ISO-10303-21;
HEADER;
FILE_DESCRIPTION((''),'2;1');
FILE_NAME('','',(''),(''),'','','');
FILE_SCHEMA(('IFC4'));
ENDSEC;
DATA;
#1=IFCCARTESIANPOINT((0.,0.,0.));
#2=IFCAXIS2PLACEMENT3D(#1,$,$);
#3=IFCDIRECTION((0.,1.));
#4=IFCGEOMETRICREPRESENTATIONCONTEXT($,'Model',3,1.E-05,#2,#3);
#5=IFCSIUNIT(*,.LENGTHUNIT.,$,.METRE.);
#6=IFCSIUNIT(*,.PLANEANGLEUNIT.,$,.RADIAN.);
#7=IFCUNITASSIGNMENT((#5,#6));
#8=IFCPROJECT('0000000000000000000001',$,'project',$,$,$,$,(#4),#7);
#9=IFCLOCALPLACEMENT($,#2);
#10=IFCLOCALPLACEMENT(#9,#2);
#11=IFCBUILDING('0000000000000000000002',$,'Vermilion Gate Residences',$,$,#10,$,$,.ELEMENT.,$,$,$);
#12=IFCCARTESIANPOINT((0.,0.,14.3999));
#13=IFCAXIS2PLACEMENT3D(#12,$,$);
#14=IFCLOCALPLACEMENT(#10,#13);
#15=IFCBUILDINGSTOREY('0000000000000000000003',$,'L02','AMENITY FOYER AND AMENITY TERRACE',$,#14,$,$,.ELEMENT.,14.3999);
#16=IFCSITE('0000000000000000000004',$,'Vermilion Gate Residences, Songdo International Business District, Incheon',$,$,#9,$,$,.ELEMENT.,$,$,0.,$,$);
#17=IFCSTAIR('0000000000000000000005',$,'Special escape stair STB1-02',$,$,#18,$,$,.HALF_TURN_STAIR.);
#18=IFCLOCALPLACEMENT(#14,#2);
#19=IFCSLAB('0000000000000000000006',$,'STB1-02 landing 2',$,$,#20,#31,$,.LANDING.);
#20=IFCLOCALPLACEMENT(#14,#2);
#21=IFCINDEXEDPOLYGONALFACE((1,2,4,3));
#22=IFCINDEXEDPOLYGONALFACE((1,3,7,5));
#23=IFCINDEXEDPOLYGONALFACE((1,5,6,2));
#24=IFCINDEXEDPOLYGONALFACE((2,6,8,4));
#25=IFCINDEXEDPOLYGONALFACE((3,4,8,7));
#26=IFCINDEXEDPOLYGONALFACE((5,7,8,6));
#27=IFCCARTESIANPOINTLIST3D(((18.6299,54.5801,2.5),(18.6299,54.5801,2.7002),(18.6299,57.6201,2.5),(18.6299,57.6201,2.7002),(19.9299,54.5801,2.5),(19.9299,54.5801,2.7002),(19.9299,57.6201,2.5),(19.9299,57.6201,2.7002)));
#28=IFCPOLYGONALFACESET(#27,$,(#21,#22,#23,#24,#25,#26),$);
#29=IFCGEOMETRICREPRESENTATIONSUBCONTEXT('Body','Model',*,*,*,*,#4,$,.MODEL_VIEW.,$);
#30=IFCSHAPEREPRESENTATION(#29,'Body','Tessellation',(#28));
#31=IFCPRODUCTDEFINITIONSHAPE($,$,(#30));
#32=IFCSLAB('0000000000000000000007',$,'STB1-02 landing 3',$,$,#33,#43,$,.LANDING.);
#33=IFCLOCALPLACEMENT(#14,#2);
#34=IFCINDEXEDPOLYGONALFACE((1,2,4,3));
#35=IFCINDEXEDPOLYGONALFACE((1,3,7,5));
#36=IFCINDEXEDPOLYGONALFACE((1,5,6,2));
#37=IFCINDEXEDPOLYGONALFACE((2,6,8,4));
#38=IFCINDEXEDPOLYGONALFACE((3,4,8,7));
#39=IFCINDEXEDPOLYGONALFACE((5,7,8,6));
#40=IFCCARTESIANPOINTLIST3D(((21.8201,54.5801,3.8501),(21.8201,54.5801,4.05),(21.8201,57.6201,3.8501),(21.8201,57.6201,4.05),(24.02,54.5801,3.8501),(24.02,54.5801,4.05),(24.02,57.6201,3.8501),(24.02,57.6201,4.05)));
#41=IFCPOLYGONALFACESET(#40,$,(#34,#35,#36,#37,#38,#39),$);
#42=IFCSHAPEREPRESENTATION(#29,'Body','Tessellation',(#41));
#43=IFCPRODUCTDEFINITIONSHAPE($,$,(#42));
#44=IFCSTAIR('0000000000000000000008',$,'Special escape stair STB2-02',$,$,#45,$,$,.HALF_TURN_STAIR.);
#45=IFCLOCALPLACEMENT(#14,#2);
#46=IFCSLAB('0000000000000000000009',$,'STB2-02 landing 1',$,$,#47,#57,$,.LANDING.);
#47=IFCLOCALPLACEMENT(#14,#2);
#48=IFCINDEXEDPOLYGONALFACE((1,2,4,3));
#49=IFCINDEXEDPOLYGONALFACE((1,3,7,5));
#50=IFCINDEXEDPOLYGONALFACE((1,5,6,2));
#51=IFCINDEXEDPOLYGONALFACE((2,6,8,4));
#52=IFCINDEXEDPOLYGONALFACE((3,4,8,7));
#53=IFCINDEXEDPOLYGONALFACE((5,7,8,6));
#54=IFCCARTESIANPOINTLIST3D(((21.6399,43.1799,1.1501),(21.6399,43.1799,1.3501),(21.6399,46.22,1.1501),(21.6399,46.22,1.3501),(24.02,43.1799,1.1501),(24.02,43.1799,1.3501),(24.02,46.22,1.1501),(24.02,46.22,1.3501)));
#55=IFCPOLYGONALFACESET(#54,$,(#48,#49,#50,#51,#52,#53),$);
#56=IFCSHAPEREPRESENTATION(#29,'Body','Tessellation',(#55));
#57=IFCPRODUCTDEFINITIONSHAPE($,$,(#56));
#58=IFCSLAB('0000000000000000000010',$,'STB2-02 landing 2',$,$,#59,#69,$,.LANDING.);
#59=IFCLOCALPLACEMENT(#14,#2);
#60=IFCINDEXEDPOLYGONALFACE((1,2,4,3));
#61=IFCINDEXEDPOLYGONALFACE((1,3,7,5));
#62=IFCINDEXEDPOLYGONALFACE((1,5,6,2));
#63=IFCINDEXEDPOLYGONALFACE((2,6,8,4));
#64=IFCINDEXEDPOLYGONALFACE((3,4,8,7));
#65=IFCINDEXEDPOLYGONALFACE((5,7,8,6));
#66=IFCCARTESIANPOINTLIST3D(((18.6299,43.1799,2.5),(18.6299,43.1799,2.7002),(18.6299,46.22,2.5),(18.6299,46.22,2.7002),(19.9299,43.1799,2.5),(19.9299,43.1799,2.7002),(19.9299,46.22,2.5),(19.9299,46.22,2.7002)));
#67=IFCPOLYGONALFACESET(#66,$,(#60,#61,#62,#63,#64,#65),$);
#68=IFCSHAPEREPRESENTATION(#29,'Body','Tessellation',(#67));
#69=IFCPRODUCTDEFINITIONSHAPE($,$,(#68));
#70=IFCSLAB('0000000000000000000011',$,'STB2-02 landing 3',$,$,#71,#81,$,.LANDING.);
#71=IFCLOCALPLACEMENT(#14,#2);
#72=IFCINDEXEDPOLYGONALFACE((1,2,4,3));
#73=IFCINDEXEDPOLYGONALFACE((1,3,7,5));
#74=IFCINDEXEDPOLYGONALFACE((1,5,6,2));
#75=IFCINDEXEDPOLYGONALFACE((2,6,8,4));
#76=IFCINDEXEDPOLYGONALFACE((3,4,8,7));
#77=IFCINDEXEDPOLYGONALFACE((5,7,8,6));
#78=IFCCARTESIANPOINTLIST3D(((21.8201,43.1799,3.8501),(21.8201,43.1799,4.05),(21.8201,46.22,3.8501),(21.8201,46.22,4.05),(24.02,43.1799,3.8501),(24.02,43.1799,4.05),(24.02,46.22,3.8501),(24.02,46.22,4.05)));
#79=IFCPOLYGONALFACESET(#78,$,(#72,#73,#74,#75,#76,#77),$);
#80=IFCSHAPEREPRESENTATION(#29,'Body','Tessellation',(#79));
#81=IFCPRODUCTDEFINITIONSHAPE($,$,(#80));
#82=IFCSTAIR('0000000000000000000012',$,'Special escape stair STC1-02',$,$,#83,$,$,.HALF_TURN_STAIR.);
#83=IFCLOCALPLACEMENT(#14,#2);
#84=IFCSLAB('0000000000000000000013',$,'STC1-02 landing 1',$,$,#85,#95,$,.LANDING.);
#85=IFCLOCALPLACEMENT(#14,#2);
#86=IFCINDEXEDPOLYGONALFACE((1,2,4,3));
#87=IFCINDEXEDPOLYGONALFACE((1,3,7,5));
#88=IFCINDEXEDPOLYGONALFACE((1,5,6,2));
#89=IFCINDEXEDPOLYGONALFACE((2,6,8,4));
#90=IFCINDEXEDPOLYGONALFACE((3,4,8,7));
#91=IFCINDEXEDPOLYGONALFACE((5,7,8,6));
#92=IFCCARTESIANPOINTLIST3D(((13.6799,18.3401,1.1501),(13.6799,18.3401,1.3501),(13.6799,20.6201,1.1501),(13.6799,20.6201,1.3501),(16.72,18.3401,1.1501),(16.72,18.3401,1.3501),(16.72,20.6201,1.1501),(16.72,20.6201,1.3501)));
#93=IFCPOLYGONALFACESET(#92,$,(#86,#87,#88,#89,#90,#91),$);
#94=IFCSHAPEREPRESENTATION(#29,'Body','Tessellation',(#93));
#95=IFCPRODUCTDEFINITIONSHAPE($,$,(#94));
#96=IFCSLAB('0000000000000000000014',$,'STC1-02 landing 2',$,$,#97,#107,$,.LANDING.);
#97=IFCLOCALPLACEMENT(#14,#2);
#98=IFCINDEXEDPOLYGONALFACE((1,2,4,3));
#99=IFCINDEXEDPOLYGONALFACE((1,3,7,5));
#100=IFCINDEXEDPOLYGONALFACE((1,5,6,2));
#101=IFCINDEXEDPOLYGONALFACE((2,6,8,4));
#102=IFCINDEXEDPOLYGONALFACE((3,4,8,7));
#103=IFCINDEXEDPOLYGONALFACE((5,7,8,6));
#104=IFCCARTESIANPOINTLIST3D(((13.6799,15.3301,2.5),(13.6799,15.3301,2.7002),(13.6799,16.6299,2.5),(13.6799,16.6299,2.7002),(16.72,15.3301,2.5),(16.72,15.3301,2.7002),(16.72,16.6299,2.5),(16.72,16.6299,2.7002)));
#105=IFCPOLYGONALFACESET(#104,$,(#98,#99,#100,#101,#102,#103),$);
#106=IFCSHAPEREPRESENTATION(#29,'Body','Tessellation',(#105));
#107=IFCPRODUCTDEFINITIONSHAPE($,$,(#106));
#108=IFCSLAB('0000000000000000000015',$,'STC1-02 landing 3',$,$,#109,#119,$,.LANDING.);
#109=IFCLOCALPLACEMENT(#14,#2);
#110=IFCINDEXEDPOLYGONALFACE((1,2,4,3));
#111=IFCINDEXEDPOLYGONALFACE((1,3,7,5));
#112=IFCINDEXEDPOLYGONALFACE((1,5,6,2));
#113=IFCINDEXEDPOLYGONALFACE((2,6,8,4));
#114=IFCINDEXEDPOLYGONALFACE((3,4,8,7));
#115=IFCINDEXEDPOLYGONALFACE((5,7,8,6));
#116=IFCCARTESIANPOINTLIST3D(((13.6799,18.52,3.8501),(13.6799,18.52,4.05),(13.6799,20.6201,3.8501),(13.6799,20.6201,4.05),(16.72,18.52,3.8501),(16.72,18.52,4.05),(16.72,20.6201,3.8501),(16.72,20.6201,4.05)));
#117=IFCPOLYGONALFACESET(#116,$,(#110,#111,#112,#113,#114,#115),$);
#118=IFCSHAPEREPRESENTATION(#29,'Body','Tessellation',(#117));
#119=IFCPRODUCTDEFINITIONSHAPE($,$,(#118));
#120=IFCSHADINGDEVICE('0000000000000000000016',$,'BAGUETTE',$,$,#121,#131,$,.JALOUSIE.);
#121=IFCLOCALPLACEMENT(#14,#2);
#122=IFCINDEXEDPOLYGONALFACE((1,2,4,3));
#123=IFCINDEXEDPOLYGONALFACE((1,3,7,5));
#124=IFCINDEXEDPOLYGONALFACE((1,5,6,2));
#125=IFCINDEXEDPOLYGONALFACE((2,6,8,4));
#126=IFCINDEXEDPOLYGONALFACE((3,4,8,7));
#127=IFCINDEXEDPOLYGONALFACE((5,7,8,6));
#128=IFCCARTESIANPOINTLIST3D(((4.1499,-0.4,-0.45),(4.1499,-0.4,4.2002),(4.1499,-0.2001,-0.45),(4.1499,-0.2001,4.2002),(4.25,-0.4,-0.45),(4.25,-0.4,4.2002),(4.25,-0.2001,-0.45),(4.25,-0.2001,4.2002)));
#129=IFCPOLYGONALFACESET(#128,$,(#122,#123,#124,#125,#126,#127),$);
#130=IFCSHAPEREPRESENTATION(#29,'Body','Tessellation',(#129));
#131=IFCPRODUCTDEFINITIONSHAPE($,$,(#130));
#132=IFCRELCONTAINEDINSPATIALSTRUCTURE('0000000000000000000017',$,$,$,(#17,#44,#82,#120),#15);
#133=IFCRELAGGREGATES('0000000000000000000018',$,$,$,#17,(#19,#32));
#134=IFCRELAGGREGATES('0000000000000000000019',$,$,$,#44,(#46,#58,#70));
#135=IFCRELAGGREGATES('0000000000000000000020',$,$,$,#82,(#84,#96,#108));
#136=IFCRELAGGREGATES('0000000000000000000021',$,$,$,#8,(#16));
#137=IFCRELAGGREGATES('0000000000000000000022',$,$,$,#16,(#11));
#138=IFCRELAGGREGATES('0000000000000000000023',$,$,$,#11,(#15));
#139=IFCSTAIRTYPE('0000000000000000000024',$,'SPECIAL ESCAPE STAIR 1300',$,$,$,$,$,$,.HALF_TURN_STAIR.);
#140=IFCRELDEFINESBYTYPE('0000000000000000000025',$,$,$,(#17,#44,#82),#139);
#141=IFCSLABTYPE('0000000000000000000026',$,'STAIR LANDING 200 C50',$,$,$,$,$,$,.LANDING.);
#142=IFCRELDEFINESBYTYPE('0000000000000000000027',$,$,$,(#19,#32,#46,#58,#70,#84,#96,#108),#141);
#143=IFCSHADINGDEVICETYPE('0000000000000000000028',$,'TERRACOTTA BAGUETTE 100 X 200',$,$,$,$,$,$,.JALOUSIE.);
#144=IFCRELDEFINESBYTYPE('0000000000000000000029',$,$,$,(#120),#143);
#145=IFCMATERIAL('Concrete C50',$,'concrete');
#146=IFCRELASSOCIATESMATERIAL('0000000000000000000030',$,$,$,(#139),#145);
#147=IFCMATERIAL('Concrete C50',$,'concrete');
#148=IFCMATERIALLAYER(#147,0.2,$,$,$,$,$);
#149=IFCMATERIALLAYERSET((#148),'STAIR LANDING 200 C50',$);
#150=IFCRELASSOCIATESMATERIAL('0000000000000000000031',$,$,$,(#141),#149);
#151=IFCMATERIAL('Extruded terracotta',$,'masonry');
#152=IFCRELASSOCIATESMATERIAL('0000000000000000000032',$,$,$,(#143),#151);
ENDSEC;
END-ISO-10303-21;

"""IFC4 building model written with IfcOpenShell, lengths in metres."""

from ifc_helpers import new_model, si_unit, direction, frame, origin, origin_2d, place, context, subcontext, project, spatial, polyline, rectangle, outline, extrude, material, layer, layer_set, material_profile, profile_set, type_object, element, aggregate, save


model = new_model("IFC4")

# Units and contexts
model_context = context("Model", 3, precision=1e-05, world=origin(), true_north=direction((0.0, 1.0)))
body_context = subcontext(model_context, "Body", "Model", "MODEL_VIEW")
ifc_project = project(units=[si_unit("LENGTHUNIT", "METRE"), si_unit("PLANEANGLEUNIT", "RADIAN")], contexts=[model_context])

# Site, building, storey
site_placement = place(None, origin())
site = spatial("IfcSite", under=ifc_project, at=site_placement, Name="Vermilion Gate Residences, Songdo International Business District, Incheon", CompositionType="ELEMENT", RefElevation=0.0)
building_placement = place(site_placement, origin())
building = spatial("IfcBuilding", under=site, at=building_placement, Name="Vermilion Gate Residences", CompositionType="ELEMENT")
storey_placement = place(building_placement, frame((0.0, 0.0, 14.3999)))
storey = spatial("IfcBuildingStorey", under=building, at=storey_placement, Name="L02", Description="AMENITY FOYER AND AMENITY TERRACE", CompositionType="ELEMENT", Elevation=14.3999)

# Stairs, slabs
ifc_material_1 = material(Name="Concrete C50", Category="concrete")
stair_type_1 = type_object("IfcStairType", Name="SPECIAL ESCAPE STAIR 1300", PredefinedType="HALF_TURN_STAIR", material=ifc_material_1)
ifc_material_2 = material(Name="Concrete C50", Category="concrete")
ifc_layer_1 = layer(ifc_material_2, 0.2)
ifc_layer_set_1 = layer_set([ifc_layer_1], Name="STAIR LANDING 200 C50")
slab_type_1 = type_object("IfcSlabType", Name="STAIR LANDING 200 C50", PredefinedType="LANDING", material=ifc_layer_set_1)
stair_1_placement = place(storey_placement, origin())
stair_1 = element("IfcStair", 1, at=stair_1_placement, inside=storey, type_object=stair_type_1, Name="Special escape stair STB1-02", PredefinedType="HALF_TURN_STAIR")
slab_1_placement = place(storey_placement, frame((0.0, 0.0, 2.5)))
slab_1 = element("IfcSlab", 2, at=slab_1_placement, type_object=slab_type_1, Name="STB1-02 landing 2", PredefinedType="LANDING", context=body_context, shape_type="SweptSolid", body=[
    extrude(outline(polyline([(19.9299, 54.5801), (19.9299, 57.6201), (18.6299, 57.6201), (18.6299, 54.5801), (19.9299, 54.5801)])), origin(), (0.0, 0.0, 1.0), 0.2002),
])
slab_2_placement = place(storey_placement, frame((0.0, 0.0, 3.8501)))
slab_2 = element("IfcSlab", 3, at=slab_2_placement, type_object=slab_type_1, Name="STB1-02 landing 3", PredefinedType="LANDING", context=body_context, shape_type="SweptSolid", body=[
    extrude(outline(polyline([(24.02, 54.5801), (24.02, 57.6201), (21.8201, 57.6201), (21.8201, 54.5801), (24.02, 54.5801)])), origin(), (0.0, 0.0, 1.0), 0.2),
])
aggregate(stair_1, [slab_1, slab_2])
stair_2_placement = place(storey_placement, origin())
stair_2 = element("IfcStair", 4, at=stair_2_placement, inside=storey, type_object=stair_type_1, Name="Special escape stair STB2-02", PredefinedType="HALF_TURN_STAIR")
slab_3_placement = place(storey_placement, frame((0.0, 0.0, 1.1501)))
slab_3 = element("IfcSlab", 5, at=slab_3_placement, type_object=slab_type_1, Name="STB2-02 landing 1", PredefinedType="LANDING", context=body_context, shape_type="SweptSolid", body=[
    extrude(outline(polyline([(24.02, 43.1799), (24.02, 46.22), (21.6399, 46.22), (21.6399, 43.1799), (24.02, 43.1799)])), origin(), (0.0, 0.0, 1.0), 0.2),
])
slab_4_placement = place(storey_placement, frame((0.0, 0.0, 2.5)))
slab_4 = element("IfcSlab", 6, at=slab_4_placement, type_object=slab_type_1, Name="STB2-02 landing 2", PredefinedType="LANDING", context=body_context, shape_type="SweptSolid", body=[
    extrude(outline(polyline([(19.9299, 43.1799), (19.9299, 46.22), (18.6299, 46.22), (18.6299, 43.1799), (19.9299, 43.1799)])), origin(), (0.0, 0.0, 1.0), 0.2002),
])
slab_5_placement = place(storey_placement, frame((0.0, 0.0, 3.8501)))
slab_5 = element("IfcSlab", 7, at=slab_5_placement, type_object=slab_type_1, Name="STB2-02 landing 3", PredefinedType="LANDING", context=body_context, shape_type="SweptSolid", body=[
    extrude(outline(polyline([(24.02, 43.1799), (24.02, 46.22), (21.8201, 46.22), (21.8201, 43.1799), (24.02, 43.1799)])), origin(), (0.0, 0.0, 1.0), 0.2),
])
aggregate(stair_2, [slab_3, slab_4, slab_5])
stair_3_placement = place(storey_placement, origin())
stair_3 = element("IfcStair", 8, at=stair_3_placement, inside=storey, type_object=stair_type_1, Name="Special escape stair STC1-02", PredefinedType="HALF_TURN_STAIR")
slab_6_placement = place(storey_placement, frame((0.0, 0.0, 1.1501)))
slab_6 = element("IfcSlab", 9, at=slab_6_placement, type_object=slab_type_1, Name="STC1-02 landing 1", PredefinedType="LANDING", context=body_context, shape_type="SweptSolid", body=[
    extrude(outline(polyline([(16.72, 18.3401), (16.72, 20.6201), (13.6799, 20.6201), (13.6799, 18.3401), (16.72, 18.3401)])), origin(), (0.0, 0.0, 1.0), 0.2),
])
slab_7_placement = place(storey_placement, frame((0.0, 0.0, 2.5)))
slab_7 = element("IfcSlab", 10, at=slab_7_placement, type_object=slab_type_1, Name="STC1-02 landing 2", PredefinedType="LANDING", context=body_context, shape_type="SweptSolid", body=[
    extrude(outline(polyline([(16.72, 15.3301), (16.72, 16.6299), (13.6799, 16.6299), (13.6799, 15.3301), (16.72, 15.3301)])), origin(), (0.0, 0.0, 1.0), 0.2002),
])
slab_8_placement = place(storey_placement, frame((0.0, 0.0, 3.8501)))
slab_8 = element("IfcSlab", 11, at=slab_8_placement, type_object=slab_type_1, Name="STC1-02 landing 3", PredefinedType="LANDING", context=body_context, shape_type="SweptSolid", body=[
    extrude(outline(polyline([(16.72, 18.52), (16.72, 20.6201), (13.6799, 20.6201), (13.6799, 18.52), (16.72, 18.52)])), origin(), (0.0, 0.0, 1.0), 0.2),
])
aggregate(stair_3, [slab_6, slab_7, slab_8])

# Shading device
ifc_material_3 = material(Name="Extruded terracotta", Category="masonry")
ifc_material_profile_1 = material_profile(ifc_material_3, rectangle(XDim=0.2, YDim=0.1001, at=origin_2d()), Name="BAGUETTE 100 X 200")
ifc_profile_set_1 = profile_set([ifc_material_profile_1], Name="Extruded terracotta")
shading_device_type = type_object("IfcShadingDeviceType", Name="TERRACOTTA BAGUETTE 100 X 200", PredefinedType="JALOUSIE", material=ifc_profile_set_1)
shading_device_placement = place(storey_placement, frame((4.2, -0.3, -0.45), z_axis=(0.0, 0.0, 1.0), x_axis=(0.0, 1.0, 0.0)))
element("IfcShadingDevice", 12, at=shading_device_placement, inside=storey, type_object=shading_device_type, Name="BAGUETTE", PredefinedType="JALOUSIE", context=body_context, shape_type="SweptSolid", body=[
    extrude(rectangle(XDim=0.2, YDim=0.1001, at=origin_2d()), origin(), (0.0, 0.0, 1.0), 4.6501),
])

save(model, "model.ifc")
